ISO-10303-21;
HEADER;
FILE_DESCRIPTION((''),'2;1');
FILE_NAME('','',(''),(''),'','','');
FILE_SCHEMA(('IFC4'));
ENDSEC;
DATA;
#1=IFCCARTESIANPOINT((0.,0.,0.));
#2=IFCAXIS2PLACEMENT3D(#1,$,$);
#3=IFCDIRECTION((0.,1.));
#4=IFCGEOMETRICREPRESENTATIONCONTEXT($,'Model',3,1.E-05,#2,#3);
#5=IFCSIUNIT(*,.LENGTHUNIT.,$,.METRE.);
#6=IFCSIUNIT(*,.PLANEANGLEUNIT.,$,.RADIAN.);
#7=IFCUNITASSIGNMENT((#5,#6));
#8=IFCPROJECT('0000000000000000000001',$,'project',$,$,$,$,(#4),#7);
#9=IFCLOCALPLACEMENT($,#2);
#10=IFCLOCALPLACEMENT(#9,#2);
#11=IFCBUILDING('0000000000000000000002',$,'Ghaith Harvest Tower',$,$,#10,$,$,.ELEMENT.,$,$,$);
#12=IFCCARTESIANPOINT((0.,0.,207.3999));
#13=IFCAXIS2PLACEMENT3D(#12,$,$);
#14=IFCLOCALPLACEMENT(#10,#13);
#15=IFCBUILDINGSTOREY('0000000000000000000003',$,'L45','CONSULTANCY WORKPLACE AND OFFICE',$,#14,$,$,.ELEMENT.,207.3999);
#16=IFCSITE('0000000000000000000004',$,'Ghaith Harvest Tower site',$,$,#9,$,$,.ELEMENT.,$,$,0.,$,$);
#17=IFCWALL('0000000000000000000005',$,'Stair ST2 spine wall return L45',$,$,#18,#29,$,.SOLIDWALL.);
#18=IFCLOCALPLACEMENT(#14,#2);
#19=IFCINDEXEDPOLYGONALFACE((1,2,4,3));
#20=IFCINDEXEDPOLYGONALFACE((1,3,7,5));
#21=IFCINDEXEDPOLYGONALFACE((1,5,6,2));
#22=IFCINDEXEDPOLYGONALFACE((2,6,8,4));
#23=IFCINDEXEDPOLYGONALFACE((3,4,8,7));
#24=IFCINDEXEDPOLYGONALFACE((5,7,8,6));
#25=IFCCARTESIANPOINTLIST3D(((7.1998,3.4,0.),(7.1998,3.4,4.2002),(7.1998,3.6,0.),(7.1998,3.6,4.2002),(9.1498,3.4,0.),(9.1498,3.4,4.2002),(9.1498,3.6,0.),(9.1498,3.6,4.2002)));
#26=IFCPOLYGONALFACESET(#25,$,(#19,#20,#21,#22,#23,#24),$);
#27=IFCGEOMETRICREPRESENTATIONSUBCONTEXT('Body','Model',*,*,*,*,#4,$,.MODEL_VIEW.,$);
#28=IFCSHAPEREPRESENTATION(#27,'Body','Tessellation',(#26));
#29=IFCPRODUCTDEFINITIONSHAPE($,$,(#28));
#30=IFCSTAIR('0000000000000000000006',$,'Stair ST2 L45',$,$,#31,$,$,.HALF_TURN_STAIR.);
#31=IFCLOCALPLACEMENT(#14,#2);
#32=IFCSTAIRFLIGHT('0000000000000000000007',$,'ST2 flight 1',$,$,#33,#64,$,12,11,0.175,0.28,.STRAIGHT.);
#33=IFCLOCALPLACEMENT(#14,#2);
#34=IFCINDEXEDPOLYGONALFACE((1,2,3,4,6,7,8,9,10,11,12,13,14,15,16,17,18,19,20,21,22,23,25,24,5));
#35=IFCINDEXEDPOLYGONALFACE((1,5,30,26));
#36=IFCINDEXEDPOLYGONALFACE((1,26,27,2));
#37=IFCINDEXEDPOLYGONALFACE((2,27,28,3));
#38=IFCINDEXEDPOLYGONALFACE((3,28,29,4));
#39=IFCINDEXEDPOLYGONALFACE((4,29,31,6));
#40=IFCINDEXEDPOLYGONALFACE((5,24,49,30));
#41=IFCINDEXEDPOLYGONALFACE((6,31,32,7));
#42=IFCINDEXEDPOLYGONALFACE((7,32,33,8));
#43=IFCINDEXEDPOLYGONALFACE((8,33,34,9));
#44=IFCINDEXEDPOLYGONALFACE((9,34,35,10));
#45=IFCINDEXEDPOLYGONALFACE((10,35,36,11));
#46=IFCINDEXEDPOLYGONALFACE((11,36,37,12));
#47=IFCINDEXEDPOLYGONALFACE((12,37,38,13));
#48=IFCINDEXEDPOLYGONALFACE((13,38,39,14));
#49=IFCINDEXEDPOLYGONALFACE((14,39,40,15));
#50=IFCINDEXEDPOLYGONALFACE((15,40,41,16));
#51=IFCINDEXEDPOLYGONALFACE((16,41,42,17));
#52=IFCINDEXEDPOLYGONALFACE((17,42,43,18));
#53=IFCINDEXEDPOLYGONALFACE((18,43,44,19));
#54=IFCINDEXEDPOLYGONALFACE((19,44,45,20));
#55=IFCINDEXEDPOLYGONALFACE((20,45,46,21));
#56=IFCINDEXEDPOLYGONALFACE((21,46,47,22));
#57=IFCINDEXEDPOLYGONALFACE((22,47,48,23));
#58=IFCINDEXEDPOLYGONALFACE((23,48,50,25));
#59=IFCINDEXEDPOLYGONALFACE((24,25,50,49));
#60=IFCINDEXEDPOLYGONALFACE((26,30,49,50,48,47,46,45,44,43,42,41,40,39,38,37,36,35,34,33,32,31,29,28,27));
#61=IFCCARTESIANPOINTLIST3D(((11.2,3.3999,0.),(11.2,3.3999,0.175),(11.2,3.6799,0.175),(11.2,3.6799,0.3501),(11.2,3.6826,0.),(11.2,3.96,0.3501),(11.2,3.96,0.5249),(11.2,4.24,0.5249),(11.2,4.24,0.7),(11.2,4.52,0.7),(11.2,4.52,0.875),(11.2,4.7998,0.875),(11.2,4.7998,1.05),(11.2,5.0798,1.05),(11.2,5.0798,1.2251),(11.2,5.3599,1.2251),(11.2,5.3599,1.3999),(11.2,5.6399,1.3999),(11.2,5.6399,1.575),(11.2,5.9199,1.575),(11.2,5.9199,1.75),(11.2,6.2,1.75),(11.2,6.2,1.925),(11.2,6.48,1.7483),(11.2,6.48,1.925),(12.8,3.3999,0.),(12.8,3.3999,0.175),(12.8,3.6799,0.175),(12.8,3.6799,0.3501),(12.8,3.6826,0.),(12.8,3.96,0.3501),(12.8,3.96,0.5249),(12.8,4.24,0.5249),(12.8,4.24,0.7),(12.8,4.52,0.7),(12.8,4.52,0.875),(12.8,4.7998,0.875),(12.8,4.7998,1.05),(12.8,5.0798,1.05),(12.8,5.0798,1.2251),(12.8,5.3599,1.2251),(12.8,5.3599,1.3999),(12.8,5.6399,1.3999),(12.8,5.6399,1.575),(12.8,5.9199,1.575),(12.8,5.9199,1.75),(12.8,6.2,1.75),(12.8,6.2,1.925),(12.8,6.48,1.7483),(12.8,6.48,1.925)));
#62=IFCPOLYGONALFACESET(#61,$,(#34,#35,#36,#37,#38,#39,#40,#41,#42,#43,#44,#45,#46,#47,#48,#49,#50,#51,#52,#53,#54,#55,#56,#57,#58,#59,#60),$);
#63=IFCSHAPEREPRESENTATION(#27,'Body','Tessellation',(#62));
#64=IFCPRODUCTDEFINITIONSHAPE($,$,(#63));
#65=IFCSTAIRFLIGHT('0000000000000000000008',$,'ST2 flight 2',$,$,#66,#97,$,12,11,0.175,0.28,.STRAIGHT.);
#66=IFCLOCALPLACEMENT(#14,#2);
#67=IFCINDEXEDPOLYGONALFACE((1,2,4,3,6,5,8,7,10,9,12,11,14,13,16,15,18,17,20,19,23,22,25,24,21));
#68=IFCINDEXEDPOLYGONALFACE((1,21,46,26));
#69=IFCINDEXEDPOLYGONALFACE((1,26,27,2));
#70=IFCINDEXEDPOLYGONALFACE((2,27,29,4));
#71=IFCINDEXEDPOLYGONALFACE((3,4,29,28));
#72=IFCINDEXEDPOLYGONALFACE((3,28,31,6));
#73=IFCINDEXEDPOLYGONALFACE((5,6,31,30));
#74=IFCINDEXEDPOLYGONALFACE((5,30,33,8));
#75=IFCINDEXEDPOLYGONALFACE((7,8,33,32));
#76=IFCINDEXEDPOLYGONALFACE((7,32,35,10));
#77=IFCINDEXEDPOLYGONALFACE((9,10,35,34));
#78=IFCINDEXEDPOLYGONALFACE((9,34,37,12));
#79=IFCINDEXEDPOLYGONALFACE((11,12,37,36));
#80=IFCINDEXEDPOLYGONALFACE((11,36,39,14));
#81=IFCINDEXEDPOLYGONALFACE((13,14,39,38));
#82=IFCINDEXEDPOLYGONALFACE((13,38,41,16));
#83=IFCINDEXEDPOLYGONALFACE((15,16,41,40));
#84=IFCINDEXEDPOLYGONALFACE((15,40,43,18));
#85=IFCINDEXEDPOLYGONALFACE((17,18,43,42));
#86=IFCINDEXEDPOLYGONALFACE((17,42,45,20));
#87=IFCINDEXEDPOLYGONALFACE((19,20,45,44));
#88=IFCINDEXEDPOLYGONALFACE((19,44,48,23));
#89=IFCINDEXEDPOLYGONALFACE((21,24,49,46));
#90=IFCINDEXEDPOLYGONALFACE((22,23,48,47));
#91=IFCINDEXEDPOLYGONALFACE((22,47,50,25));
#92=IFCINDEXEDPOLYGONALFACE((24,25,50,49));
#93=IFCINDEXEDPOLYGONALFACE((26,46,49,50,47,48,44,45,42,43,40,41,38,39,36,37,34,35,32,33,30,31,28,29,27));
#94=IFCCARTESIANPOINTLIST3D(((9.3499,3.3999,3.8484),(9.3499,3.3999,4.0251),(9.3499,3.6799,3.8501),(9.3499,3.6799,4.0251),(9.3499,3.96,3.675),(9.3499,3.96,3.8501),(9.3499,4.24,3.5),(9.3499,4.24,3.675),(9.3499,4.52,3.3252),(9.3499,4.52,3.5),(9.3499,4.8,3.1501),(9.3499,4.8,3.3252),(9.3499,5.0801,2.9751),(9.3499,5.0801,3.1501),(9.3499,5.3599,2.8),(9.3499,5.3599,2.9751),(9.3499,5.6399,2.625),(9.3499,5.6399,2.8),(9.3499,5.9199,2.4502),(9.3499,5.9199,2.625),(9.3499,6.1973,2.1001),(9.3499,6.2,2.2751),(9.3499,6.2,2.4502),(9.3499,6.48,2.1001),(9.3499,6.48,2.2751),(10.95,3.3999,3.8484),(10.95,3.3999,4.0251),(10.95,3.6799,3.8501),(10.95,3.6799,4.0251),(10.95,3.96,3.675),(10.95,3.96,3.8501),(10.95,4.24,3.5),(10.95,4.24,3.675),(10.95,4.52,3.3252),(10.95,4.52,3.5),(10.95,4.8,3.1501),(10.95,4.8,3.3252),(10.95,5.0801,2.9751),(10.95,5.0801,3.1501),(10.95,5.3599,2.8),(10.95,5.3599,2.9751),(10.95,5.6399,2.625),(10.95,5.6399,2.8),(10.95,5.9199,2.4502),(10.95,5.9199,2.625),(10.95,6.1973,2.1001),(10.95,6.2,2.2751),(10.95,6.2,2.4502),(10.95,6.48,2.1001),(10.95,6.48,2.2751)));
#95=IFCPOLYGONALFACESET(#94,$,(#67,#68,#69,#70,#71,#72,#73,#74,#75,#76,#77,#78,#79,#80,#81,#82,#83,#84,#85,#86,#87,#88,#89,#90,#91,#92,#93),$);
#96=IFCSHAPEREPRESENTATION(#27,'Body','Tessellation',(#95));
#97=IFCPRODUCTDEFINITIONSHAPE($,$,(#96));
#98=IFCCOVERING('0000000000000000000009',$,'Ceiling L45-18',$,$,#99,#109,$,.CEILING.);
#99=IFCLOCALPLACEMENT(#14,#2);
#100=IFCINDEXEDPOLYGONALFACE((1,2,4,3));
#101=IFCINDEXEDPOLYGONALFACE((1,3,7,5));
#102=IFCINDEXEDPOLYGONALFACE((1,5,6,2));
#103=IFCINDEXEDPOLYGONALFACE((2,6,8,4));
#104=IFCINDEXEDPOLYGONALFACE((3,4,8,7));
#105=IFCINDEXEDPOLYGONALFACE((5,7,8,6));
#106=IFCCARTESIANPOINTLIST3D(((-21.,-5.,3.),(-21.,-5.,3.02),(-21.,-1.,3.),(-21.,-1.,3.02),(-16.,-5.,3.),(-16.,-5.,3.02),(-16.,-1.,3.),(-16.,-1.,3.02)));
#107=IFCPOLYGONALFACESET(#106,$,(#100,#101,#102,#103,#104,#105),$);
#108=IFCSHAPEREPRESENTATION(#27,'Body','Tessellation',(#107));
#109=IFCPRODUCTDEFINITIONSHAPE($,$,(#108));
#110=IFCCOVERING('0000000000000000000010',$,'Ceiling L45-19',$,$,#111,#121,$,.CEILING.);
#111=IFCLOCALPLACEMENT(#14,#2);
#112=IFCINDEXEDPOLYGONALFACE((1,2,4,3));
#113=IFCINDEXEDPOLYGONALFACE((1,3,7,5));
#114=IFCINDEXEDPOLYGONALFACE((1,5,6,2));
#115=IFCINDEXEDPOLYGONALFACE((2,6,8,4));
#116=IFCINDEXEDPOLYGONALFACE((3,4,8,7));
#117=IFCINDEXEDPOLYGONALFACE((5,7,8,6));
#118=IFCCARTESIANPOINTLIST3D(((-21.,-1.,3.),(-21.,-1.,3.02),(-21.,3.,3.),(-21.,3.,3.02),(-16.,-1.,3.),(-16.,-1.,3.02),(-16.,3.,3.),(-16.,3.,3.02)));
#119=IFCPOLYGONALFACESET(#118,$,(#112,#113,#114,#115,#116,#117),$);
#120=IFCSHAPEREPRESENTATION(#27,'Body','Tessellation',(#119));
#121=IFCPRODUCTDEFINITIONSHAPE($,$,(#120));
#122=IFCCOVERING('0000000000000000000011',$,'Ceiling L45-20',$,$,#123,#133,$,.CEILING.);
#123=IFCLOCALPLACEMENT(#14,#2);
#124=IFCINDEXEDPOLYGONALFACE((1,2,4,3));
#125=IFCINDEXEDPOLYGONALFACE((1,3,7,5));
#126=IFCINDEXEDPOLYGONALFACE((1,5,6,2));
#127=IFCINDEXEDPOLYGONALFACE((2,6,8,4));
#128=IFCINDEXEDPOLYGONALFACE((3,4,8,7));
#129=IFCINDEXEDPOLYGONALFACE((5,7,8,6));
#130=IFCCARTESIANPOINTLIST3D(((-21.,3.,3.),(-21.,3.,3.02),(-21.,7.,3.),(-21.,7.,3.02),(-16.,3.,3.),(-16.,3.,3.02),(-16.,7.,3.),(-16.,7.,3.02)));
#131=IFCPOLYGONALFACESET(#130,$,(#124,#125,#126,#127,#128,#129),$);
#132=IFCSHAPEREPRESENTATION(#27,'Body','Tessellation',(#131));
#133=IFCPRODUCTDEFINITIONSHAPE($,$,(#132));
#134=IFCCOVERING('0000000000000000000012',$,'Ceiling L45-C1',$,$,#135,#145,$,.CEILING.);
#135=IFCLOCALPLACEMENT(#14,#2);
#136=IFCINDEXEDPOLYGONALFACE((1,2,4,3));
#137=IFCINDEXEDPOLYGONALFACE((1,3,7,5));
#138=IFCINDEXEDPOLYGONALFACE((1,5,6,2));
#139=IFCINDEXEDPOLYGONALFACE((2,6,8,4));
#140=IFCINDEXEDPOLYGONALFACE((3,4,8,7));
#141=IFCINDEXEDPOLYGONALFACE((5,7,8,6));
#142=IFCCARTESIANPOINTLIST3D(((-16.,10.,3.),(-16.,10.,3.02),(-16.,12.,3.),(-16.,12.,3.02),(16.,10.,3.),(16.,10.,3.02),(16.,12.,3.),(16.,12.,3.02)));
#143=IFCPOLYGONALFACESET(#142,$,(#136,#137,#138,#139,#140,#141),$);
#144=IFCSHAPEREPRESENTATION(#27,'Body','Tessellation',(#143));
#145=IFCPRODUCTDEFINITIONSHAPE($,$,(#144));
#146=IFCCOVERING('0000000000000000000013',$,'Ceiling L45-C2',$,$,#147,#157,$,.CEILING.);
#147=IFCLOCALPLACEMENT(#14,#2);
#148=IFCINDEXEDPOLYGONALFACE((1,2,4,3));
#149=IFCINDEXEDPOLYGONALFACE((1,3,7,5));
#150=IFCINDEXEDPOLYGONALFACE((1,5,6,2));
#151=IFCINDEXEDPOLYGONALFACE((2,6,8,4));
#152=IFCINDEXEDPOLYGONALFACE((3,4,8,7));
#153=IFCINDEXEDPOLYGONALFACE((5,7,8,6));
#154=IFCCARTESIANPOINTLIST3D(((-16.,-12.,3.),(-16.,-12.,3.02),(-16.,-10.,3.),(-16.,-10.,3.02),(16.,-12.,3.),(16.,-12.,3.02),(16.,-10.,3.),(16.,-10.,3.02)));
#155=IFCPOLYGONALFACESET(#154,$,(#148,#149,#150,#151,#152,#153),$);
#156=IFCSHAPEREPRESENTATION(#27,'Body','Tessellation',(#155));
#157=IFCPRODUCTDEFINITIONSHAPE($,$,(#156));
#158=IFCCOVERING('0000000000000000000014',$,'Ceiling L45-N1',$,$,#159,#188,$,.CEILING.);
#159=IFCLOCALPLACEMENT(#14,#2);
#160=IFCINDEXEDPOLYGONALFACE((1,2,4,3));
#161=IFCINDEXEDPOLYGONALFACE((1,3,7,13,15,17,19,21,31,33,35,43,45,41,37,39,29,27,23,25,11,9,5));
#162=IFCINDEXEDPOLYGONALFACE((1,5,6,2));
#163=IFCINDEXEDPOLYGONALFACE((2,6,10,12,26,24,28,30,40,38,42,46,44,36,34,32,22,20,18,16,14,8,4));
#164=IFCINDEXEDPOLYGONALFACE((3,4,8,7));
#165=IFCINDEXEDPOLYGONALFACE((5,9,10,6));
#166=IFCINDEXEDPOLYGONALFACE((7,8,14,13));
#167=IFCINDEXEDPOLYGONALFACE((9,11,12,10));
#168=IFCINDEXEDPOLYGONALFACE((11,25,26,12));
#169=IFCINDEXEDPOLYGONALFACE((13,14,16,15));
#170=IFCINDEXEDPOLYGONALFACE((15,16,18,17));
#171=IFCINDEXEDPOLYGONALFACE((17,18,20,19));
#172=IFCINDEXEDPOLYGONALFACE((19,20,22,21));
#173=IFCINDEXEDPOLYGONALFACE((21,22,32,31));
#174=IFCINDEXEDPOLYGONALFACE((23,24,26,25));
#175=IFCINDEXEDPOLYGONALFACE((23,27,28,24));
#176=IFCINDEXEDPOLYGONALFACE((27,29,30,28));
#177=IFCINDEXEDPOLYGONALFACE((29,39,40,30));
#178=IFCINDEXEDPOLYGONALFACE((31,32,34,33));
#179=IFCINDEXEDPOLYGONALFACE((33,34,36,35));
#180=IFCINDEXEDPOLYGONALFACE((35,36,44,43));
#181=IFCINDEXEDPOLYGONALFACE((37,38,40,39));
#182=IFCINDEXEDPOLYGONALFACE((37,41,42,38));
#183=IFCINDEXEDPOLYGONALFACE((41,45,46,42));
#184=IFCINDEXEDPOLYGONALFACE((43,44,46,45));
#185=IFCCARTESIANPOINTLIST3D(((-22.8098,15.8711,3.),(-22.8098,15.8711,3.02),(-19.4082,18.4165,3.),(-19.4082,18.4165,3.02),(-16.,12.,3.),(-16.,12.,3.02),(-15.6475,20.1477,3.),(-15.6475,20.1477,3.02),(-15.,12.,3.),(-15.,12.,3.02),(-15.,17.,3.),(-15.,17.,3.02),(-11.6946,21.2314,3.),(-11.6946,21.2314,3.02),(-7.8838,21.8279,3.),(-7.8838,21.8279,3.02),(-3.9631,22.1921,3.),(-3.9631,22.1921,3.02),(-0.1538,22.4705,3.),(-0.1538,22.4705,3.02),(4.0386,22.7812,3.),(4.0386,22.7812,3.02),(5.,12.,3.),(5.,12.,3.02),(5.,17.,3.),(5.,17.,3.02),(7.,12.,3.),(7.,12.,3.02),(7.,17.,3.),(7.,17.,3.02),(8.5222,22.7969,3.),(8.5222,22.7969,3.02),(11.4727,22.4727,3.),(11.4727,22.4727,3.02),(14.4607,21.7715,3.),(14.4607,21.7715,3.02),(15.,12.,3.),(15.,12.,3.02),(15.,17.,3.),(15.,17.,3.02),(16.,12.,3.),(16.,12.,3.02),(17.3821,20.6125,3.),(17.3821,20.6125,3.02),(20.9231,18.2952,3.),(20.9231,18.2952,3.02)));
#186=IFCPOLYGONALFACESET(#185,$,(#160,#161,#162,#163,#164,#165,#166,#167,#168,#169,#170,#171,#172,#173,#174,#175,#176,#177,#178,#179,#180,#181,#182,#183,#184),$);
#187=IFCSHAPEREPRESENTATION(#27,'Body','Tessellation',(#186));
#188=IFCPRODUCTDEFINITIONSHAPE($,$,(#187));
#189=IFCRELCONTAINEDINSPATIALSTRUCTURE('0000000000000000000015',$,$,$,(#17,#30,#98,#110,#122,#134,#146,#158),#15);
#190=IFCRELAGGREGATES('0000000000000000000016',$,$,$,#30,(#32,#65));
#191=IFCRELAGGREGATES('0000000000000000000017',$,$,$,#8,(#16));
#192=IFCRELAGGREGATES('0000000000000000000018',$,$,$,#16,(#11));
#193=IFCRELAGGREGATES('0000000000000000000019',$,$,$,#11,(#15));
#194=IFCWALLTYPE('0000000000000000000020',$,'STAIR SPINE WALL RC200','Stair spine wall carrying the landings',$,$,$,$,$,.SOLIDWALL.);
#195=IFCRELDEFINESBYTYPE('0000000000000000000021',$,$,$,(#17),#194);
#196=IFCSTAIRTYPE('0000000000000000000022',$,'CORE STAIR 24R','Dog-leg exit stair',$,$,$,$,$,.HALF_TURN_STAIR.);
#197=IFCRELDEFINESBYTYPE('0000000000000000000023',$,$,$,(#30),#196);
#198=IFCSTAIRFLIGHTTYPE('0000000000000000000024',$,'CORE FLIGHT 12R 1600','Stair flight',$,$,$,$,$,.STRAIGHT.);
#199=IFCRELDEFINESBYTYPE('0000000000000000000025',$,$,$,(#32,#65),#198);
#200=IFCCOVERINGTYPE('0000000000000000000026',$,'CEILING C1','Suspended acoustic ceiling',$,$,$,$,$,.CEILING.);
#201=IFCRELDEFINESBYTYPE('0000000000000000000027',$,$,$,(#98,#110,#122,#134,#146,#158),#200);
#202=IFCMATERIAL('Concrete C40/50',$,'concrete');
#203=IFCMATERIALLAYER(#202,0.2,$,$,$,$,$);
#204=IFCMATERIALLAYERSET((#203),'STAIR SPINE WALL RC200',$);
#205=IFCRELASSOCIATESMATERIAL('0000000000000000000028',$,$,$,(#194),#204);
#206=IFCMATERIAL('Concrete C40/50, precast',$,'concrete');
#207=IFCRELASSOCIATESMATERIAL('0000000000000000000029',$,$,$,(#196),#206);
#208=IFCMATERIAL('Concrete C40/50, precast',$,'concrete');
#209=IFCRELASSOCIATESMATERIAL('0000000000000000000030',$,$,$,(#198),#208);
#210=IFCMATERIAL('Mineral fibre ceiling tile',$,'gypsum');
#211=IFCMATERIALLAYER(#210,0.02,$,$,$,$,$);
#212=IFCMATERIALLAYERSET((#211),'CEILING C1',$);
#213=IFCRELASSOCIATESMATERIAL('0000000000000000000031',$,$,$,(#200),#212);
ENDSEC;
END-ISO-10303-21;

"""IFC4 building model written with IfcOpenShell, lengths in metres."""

from ifc_helpers import new_model, si_unit, direction, frame, frame_2d, origin, place, context, subcontext, project, spatial, polyline, rectangle, outline, extrude, material, layer, layer_set, type_object, element, aggregate, save


model = new_model("IFC4")

# Units and contexts
model_context = context("Model", 3, precision=1e-05, world=origin(), true_north=direction((0.0, 1.0)))
body_context = subcontext(model_context, "Body", "Model", "MODEL_VIEW")
ifc_project = project(units=[si_unit("LENGTHUNIT", "METRE"), si_unit("PLANEANGLEUNIT", "RADIAN")], contexts=[model_context])

# Site, building, storey
site_placement = place(None, origin())
site = spatial("IfcSite", under=ifc_project, at=site_placement, Name="Ghaith Harvest Tower site", CompositionType="ELEMENT", RefElevation=0.0)
building_placement = place(site_placement, origin())
building = spatial("IfcBuilding", under=site, at=building_placement, Name="Ghaith Harvest Tower", CompositionType="ELEMENT")
storey_placement = place(building_placement, frame((0.0, 0.0, 207.3999)))
storey = spatial("IfcBuildingStorey", under=building, at=storey_placement, Name="L45", Description="CONSULTANCY WORKPLACE AND OFFICE", CompositionType="ELEMENT", Elevation=207.3999)

# Wall
ifc_material_1 = material(Name="Concrete C40/50", Category="concrete")
ifc_layer_1 = layer(ifc_material_1, 0.2)
ifc_layer_set_1 = layer_set([ifc_layer_1], Name="STAIR SPINE WALL RC200")
wall_type_1 = type_object("IfcWallType", Name="STAIR SPINE WALL RC200", Description="Stair spine wall carrying the landings", PredefinedType="SOLIDWALL", material=ifc_layer_set_1)
wall_1_placement = place(storey_placement, frame((9.1499, 3.5, 0.0), z_axis=(0.0, 0.0, 1.0), x_axis=(-1.0, 0.0, 0.0)))
element("IfcWall", 1, at=wall_1_placement, inside=storey, type_object=wall_type_1, Name="Stair ST2 spine wall return L45", PredefinedType="SOLIDWALL", context=body_context, shape_type="SweptSolid", body=[
    extrude(rectangle(XDim=1.95, YDim=0.2, at=frame_2d((0.9751, 0.0))), origin(), (0.0, 0.0, 1.0), 4.2002),
])

# Stair, stair flights
ifc_material_2 = material(Name="Concrete C40/50, precast", Category="concrete")
stair_type = type_object("IfcStairType", Name="CORE STAIR 24R", Description="Dog-leg exit stair", PredefinedType="HALF_TURN_STAIR", material=ifc_material_2)
stair_placement = place(storey_placement, origin())
stair = element("IfcStair", 2, at=stair_placement, inside=storey, type_object=stair_type, Name="Stair ST2 L45", PredefinedType="HALF_TURN_STAIR")
ifc_material_3 = material(Name="Concrete C40/50, precast", Category="concrete")
stair_flight_type = type_object("IfcStairFlightType", Name="CORE FLIGHT 12R 1600", Description="Stair flight", PredefinedType="STRAIGHT", material=ifc_material_3)
stair_flight_1_placement = place(storey_placement, frame((12.0, 3.3999, 0.0), z_axis=(0.0, 0.0, 1.0), x_axis=(0.0, 1.0, 0.0)))
stair_flight_1 = element("IfcStairFlight", 3, at=stair_flight_1_placement, type_object=stair_flight_type, Name="ST2 flight 1", NumberOfRisers=12, NumberOfTreads=11, PredefinedType="STRAIGHT", RiserHeight=0.175, TreadLength=0.28, context=body_context, shape_type="SweptSolid", body=[
    extrude(outline(polyline([(0.0, 0.0), (0.0, 0.175), (0.28, 0.175), (0.28, 0.3501), (0.5601, 0.3501), (0.5601, 0.5249), (0.8401, 0.5249), (0.8401, 0.7), (1.1201, 0.7), (1.1201, 0.875), (1.3999, 0.875), (1.3999, 1.05), (1.6799, 1.05), (1.6799, 1.2251), (1.96, 1.2251), (1.96, 1.3999), (2.24, 1.3999), (2.24, 1.575), (2.52, 1.575), (2.52, 1.75), (2.8, 1.75), (2.8, 1.925), (3.0801, 1.925), (3.0801, 2.1001), (3.0801, 1.7483), (0.2827, 0.0), (0.0, 0.0)])), frame((0.0, 0.8, 0.0), z_axis=(0.0, -1.0, 0.0), x_axis=(1.0, 0.0, 0.0)), (0.0, 0.0, 1.0), 1.6001),
])
stair_flight_2_placement = place(storey_placement, frame((10.1499, 6.48, 2.1001), z_axis=(0.0, 0.0, 1.0), x_axis=(0.0, -1.0, 0.0)))
stair_flight_2 = element("IfcStairFlight", 4, at=stair_flight_2_placement, type_object=stair_flight_type, Name="ST2 flight 2", NumberOfRisers=12, NumberOfTreads=11, PredefinedType="STRAIGHT", RiserHeight=0.175, TreadLength=0.28, context=body_context, shape_type="SweptSolid", body=[
    extrude(outline(polyline([(0.0, 0.0), (0.0, 0.175), (0.28, 0.175), (0.28, 0.3501), (0.5601, 0.3501), (0.5601, 0.5249), (0.8401, 0.5249), (0.8401, 0.7), (1.1201, 0.7), (1.1201, 0.875), (1.3999, 0.875), (1.3999, 1.05), (1.6799, 1.05), (1.6799, 1.2251), (1.96, 1.2251), (1.96, 1.3999), (2.24, 1.3999), (2.24, 1.575), (2.52, 1.575), (2.52, 1.75), (2.8, 1.75), (2.8, 1.925), (3.0801, 1.925), (3.0801, 2.1001), (3.0801, 1.7483), (0.2827, 0.0), (0.0, 0.0)])), frame((0.0, 0.8, 0.0), z_axis=(0.0, -1.0, 0.0), x_axis=(1.0, 0.0, 0.0)), (0.0, 0.0, 1.0), 1.6001),
])
aggregate(stair, [stair_flight_1, stair_flight_2])

# Coverings
ifc_material_4 = material(Name="Mineral fibre ceiling tile", Category="gypsum")
ifc_layer_2 = layer(ifc_material_4, 0.02)
ifc_layer_set_2 = layer_set([ifc_layer_2], Name="CEILING C1")
covering_type = type_object("IfcCoveringType", Name="CEILING C1", Description="Suspended acoustic ceiling", PredefinedType="CEILING", material=ifc_layer_set_2)
covering_1_placement = place(storey_placement, frame((0.0, 0.0, 3.0)))
element("IfcCovering", 5, at=covering_1_placement, inside=storey, type_object=covering_type, Name="Ceiling L45-18", PredefinedType="CEILING", context=body_context, shape_type="SweptSolid", body=[
    extrude(outline(polyline([(-21.0, -5.0), (-16.0, -5.0), (-16.0, -1.0), (-21.0, -1.0), (-21.0, -5.0)])), origin(), (0.0, 0.0, 1.0), 0.02),
])
covering_2_placement = place(storey_placement, frame((0.0, 0.0, 3.0)))
element("IfcCovering", 6, at=covering_2_placement, inside=storey, type_object=covering_type, Name="Ceiling L45-19", PredefinedType="CEILING", context=body_context, shape_type="SweptSolid", body=[
    extrude(outline(polyline([(-21.0, -1.0), (-16.0, -1.0), (-16.0, 3.0), (-21.0, 3.0), (-21.0, -1.0)])), origin(), (0.0, 0.0, 1.0), 0.02),
])
covering_3_placement = place(storey_placement, frame((0.0, 0.0, 3.0)))
element("IfcCovering", 7, at=covering_3_placement, inside=storey, type_object=covering_type, Name="Ceiling L45-20", PredefinedType="CEILING", context=body_context, shape_type="SweptSolid", body=[
    extrude(outline(polyline([(-21.0, 3.0), (-16.0, 3.0), (-16.0, 7.0), (-21.0, 7.0), (-21.0, 3.0)])), origin(), (0.0, 0.0, 1.0), 0.02),
])
covering_4_placement = place(storey_placement, frame((0.0, 0.0, 3.0)))
element("IfcCovering", 8, at=covering_4_placement, inside=storey, type_object=covering_type, Name="Ceiling L45-C1", PredefinedType="CEILING", context=body_context, shape_type="SweptSolid", body=[
    extrude(outline(polyline([(16.0, 10.0), (-16.0, 10.0), (-16.0, 12.0), (16.0, 12.0), (16.0, 10.0)])), origin(), (0.0, 0.0, 1.0), 0.02),
])
covering_5_placement = place(storey_placement, frame((0.0, 0.0, 3.0)))
element("IfcCovering", 9, at=covering_5_placement, inside=storey, type_object=covering_type, Name="Ceiling L45-C2", PredefinedType="CEILING", context=body_context, shape_type="SweptSolid", body=[
    extrude(outline(polyline([(-16.0, -10.0), (16.0, -10.0), (16.0, -12.0), (-16.0, -12.0), (-16.0, -10.0)])), origin(), (0.0, 0.0, 1.0), 0.02),
])
covering_6_placement = place(storey_placement, frame((0.0, 0.0, 3.0)))
element("IfcCovering", 10, at=covering_6_placement, inside=storey, type_object=covering_type, Name="Ceiling L45-N1", PredefinedType="CEILING", context=body_context, shape_type="SweptSolid", body=[
    extrude(outline(polyline([(-19.4082, 18.4165), (-15.6475, 20.1477), (-11.6946, 21.2314), (-7.8838, 21.8279), (-3.9631, 22.1921), (-0.1538, 22.4705), (4.0386, 22.7812), (8.5222, 22.7969), (11.4727, 22.4727), (14.4607, 21.7715), (17.3821, 20.6125), (20.9231, 18.2952), (16.0, 12.0), (15.0, 12.0), (15.0, 17.0), (7.0, 17.0), (7.0, 12.0), (5.0, 12.0), (5.0, 17.0), (-15.0, 17.0), (-15.0, 12.0), (-16.0, 12.0), (-22.8098, 15.8711), (-19.4082, 18.4165)])), origin(), (0.0, 0.0, 1.0), 0.02),
])

save(model, "model.ifc")
